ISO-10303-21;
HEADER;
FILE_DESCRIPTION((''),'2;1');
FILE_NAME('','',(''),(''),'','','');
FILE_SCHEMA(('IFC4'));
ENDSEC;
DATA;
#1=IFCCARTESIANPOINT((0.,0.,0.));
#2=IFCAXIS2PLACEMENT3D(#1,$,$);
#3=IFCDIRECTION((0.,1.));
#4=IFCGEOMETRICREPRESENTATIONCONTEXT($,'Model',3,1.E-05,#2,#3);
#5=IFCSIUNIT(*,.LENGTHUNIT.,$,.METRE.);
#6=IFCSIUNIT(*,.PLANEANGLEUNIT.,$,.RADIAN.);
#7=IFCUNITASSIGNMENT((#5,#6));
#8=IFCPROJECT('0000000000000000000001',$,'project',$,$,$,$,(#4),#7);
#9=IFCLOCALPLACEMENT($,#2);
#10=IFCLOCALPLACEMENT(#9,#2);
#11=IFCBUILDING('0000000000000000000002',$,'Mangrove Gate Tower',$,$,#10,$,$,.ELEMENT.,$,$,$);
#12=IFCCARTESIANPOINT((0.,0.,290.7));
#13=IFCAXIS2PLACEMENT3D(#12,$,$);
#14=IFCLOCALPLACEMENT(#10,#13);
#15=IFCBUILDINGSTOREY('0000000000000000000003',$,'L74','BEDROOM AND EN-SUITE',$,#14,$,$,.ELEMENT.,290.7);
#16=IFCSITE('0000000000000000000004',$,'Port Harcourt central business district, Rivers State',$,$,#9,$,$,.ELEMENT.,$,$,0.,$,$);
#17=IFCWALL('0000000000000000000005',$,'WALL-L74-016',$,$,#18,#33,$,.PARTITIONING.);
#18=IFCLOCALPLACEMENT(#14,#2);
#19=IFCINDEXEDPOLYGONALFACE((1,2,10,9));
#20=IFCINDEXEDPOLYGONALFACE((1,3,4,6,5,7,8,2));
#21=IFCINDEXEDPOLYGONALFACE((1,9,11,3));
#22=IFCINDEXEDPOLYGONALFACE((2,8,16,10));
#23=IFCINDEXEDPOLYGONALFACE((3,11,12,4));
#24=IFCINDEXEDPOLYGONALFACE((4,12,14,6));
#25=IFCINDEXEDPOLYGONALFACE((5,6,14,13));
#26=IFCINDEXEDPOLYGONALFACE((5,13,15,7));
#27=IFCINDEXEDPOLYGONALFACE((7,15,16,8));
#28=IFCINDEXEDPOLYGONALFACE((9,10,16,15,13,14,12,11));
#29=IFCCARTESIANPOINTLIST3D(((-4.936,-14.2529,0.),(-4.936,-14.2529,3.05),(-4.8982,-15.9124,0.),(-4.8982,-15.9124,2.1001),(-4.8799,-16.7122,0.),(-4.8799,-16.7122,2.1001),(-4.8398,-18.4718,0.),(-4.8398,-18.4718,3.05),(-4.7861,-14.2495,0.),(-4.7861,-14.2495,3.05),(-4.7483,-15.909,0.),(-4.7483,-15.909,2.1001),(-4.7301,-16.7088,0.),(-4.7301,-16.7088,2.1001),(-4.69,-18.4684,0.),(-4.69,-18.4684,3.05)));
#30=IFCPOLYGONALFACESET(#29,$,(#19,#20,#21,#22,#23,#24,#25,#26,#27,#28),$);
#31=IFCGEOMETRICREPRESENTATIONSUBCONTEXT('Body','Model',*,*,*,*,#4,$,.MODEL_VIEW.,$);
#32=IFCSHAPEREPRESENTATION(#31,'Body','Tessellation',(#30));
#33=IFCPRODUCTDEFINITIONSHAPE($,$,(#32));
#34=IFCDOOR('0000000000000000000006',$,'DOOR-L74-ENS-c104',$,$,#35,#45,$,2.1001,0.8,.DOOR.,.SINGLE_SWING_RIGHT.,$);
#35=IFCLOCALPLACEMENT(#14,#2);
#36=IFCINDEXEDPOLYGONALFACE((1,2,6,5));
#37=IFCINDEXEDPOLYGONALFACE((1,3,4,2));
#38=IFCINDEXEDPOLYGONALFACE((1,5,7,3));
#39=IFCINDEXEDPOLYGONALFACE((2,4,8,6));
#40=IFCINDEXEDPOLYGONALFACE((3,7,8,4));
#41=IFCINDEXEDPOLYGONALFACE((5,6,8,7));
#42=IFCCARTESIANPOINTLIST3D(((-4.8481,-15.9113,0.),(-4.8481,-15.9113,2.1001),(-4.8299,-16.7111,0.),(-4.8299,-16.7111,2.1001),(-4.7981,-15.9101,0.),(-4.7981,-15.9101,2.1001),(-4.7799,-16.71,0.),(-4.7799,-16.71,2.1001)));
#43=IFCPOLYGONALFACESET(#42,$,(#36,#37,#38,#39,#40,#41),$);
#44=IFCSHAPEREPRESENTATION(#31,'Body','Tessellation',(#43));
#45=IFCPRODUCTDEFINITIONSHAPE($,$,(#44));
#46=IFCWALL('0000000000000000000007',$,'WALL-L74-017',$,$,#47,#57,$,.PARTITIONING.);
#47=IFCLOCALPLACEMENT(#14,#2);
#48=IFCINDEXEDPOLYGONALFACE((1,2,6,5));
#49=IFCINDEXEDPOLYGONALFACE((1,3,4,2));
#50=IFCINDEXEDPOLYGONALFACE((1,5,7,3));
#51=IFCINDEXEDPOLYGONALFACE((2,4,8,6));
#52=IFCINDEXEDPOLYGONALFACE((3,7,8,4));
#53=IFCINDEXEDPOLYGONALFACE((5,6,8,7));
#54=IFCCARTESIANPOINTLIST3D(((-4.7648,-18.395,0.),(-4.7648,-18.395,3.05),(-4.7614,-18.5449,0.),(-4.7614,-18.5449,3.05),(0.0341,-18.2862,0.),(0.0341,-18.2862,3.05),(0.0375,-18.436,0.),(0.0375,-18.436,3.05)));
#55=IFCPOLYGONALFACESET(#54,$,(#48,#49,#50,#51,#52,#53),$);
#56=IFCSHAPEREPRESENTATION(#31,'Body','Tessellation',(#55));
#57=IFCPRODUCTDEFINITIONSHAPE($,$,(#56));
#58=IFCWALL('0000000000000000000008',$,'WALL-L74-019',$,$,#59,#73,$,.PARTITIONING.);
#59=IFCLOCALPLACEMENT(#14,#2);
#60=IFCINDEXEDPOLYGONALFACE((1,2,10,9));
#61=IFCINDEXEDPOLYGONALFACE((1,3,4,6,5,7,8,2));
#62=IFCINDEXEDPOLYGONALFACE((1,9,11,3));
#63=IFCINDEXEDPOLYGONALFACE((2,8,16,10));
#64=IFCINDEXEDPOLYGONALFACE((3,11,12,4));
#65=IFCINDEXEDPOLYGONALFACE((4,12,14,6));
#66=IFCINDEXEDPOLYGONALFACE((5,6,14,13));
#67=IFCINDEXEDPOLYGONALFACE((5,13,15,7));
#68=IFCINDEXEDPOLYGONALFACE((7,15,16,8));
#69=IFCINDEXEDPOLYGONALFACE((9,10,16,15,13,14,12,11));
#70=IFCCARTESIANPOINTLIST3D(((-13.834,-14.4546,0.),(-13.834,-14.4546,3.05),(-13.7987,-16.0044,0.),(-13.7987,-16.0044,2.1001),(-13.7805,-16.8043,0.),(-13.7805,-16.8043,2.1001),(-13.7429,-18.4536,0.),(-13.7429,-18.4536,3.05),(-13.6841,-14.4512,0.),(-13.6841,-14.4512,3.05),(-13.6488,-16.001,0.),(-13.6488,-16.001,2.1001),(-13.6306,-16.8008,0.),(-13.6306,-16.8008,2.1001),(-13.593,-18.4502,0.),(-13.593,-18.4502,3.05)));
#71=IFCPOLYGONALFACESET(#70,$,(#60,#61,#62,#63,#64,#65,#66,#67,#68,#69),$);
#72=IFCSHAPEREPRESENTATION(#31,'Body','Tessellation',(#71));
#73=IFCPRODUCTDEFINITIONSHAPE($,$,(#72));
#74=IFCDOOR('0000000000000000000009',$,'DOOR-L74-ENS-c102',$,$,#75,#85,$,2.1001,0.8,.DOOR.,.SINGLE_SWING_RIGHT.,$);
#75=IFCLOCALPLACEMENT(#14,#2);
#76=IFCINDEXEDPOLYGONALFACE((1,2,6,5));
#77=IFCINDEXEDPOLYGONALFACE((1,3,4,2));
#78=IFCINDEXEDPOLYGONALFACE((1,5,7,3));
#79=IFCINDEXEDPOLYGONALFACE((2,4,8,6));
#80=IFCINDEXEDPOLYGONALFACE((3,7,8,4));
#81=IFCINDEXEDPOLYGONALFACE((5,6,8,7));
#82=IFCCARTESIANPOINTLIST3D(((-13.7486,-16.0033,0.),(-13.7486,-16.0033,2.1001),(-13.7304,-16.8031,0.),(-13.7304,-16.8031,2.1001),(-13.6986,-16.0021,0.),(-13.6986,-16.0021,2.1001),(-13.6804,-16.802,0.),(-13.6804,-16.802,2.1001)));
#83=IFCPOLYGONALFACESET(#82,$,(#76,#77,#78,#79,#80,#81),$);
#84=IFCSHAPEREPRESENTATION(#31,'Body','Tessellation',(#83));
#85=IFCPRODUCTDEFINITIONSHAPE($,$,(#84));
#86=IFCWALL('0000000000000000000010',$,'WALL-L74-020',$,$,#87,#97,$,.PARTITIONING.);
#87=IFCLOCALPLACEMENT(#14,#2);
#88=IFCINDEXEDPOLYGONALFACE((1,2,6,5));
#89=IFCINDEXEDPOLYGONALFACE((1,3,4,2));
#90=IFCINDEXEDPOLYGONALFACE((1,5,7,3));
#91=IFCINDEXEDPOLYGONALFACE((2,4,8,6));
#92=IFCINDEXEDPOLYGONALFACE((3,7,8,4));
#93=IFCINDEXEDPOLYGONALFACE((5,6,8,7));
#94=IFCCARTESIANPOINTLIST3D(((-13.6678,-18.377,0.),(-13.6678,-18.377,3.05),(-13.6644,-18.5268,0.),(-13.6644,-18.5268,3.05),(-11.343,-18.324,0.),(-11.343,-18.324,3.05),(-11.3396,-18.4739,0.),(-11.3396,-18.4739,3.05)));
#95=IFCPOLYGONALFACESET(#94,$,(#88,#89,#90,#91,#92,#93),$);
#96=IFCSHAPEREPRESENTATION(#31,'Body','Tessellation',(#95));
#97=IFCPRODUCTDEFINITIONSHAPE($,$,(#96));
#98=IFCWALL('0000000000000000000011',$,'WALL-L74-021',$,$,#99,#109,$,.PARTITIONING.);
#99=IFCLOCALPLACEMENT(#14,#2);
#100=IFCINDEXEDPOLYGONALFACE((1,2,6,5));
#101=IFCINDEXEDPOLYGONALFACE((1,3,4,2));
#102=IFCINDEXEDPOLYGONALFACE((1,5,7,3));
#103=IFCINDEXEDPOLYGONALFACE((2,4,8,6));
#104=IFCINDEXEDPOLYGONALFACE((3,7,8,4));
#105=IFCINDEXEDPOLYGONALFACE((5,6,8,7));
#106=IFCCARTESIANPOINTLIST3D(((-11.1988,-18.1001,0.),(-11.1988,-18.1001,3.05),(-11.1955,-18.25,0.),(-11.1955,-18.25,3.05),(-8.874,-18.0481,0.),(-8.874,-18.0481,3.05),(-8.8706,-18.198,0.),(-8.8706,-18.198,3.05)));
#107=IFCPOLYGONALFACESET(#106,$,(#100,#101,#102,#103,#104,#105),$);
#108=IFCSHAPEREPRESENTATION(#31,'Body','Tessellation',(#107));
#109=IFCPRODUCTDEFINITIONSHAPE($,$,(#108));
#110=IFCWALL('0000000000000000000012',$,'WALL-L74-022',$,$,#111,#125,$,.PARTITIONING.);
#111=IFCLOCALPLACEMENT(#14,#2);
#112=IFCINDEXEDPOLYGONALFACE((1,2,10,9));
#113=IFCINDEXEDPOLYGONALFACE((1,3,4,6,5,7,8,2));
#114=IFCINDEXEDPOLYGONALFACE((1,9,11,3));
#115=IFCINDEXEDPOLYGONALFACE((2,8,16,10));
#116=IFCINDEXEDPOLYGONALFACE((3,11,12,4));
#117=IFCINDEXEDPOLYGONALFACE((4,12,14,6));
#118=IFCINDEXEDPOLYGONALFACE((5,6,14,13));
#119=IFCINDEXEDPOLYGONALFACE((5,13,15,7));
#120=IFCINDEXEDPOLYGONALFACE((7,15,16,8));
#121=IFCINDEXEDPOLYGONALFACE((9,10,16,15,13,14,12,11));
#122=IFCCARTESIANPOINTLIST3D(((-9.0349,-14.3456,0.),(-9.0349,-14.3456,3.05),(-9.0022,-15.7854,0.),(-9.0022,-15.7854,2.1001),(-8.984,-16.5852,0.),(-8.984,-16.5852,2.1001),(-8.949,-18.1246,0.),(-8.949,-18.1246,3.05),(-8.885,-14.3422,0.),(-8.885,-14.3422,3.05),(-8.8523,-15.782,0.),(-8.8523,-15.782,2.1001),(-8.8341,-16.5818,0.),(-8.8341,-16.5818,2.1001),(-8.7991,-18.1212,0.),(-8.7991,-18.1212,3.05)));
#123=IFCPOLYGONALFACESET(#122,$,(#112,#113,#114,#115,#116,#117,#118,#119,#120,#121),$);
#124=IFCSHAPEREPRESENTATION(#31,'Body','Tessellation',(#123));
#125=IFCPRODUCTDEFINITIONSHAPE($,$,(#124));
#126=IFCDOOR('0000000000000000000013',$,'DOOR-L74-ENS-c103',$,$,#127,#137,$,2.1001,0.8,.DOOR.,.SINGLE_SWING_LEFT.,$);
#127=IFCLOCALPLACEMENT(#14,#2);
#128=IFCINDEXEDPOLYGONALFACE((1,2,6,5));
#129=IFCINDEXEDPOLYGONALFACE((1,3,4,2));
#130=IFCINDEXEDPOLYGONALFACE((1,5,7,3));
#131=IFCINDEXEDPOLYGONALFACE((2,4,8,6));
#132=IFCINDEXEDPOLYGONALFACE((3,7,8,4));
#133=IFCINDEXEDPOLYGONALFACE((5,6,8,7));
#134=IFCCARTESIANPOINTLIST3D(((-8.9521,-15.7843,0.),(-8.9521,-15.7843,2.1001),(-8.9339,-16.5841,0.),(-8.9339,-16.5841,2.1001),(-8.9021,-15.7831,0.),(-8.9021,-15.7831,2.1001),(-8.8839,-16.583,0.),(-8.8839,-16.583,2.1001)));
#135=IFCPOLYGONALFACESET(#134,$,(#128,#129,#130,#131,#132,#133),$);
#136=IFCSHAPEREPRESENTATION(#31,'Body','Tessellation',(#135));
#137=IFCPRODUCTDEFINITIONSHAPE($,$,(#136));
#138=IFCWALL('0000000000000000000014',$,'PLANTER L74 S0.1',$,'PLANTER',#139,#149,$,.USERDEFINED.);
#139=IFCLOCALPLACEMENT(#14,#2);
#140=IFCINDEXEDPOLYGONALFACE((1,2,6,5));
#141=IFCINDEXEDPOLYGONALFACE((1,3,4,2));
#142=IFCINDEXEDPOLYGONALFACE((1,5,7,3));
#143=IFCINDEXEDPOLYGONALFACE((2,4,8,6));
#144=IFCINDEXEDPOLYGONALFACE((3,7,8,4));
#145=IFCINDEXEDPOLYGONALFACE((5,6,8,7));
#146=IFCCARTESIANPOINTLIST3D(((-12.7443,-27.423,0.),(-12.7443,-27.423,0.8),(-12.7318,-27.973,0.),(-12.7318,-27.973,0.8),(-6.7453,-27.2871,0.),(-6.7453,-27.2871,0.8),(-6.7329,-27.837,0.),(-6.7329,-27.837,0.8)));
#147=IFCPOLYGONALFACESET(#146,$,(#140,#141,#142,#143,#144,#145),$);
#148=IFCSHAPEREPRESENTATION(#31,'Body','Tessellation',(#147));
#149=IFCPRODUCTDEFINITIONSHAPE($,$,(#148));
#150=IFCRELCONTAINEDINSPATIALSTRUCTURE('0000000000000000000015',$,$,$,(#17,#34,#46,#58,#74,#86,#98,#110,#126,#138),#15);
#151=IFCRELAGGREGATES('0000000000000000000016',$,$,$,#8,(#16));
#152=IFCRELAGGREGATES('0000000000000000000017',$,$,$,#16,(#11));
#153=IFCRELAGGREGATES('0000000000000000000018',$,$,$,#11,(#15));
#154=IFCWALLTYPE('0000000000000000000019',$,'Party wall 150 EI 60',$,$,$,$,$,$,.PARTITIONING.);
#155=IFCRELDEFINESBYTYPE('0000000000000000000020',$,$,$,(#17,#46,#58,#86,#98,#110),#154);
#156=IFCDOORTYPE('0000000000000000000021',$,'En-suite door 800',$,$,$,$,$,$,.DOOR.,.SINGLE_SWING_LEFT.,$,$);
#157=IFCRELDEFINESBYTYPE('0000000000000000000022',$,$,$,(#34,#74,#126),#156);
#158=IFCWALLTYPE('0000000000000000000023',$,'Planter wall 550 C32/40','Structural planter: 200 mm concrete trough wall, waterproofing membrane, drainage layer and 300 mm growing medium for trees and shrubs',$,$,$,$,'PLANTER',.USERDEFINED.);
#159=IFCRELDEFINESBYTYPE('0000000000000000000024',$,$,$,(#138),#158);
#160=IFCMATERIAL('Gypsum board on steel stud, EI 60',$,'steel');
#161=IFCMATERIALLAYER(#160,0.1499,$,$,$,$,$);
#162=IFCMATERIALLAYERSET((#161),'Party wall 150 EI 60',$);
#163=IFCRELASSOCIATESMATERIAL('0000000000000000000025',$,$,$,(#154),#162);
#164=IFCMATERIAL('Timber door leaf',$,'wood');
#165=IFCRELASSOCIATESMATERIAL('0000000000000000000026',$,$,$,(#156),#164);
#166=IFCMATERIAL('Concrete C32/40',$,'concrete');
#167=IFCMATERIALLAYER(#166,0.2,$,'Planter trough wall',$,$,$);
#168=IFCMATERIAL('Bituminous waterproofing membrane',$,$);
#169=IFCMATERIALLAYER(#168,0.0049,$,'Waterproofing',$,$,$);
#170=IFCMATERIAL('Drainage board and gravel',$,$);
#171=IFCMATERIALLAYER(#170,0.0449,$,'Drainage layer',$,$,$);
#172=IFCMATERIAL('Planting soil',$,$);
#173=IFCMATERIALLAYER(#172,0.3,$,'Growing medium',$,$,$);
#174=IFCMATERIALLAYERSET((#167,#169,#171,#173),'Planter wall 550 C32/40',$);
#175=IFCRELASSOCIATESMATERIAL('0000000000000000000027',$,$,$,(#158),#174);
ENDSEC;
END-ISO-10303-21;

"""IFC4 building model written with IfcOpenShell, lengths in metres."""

from ifc_helpers import new_model, si_unit, direction, frame, frame_2d, origin, place, context, subcontext, project, spatial, rectangle, extrude, material, layer, layer_set, type_object, element, fill, save


model = new_model("IFC4")

# Units and contexts
model_context = context("Model", 3, precision=1e-05, world=origin(), true_north=direction((0.0, 1.0)))
body_context = subcontext(model_context, "Body", "Model", "MODEL_VIEW")
ifc_project = project(units=[si_unit("LENGTHUNIT", "METRE"), si_unit("PLANEANGLEUNIT", "RADIAN")], contexts=[model_context])

# Site, building, storey
site_placement = place(None, origin())
site = spatial("IfcSite", under=ifc_project, at=site_placement, Name="Port Harcourt central business district, Rivers State", CompositionType="ELEMENT", RefElevation=0.0)
building_placement = place(site_placement, origin())
building = spatial("IfcBuilding", under=site, at=building_placement, Name="Mangrove Gate Tower", CompositionType="ELEMENT")
storey_placement = place(building_placement, frame((0.0, 0.0, 290.7)))
storey = spatial("IfcBuildingStorey", under=building, at=storey_placement, Name="L74", Description="BEDROOM AND EN-SUITE", CompositionType="ELEMENT", Elevation=290.7)

# Shared definitions
ifc_material_1 = material(Name="Gypsum board on steel stud, EI 60", Category="steel")
ifc_layer_1 = layer(ifc_material_1, 0.1499)
ifc_layer_set_1 = layer_set([ifc_layer_1], Name="Party wall 150 EI 60")
wall_type_1 = type_object("IfcWallType", Name="Party wall 150 EI 60", PredefinedType="PARTITIONING", material=ifc_layer_set_1)

# Wall, opening, door
wall_1_placement = place(storey_placement, frame((-4.7649, -18.47, 0.0), z_axis=(0.0, 0.0, 1.0), x_axis=(-0.022794, 0.99974, 0.0)))
wall_1 = element("IfcWall", 1, at=wall_1_placement, inside=storey, type_object=wall_type_1, Name="WALL-L74-016", PredefinedType="PARTITIONING", context=body_context, shape_type="SweptSolid", body=[
    extrude(rectangle(XDim=4.22, YDim=0.1499, at=frame_2d((2.1099, 0.0))), origin(), (0.0, 0.0, 1.0), 3.05),
])
opening_1_placement = place(wall_1_placement, frame((1.76, 0.0, 0.0)))
opening_1 = element("IfcOpeningElement", 2, at=opening_1_placement, cuts=wall_1, PredefinedType="OPENING", context=body_context, shape_type="SweptSolid", body=[
    extrude(rectangle(XDim=0.8, YDim=2.1001, at=frame_2d((0.3999, 1.05))), frame((0.0, 0.085, 0.0), z_axis=(0.0, -1.0, 0.0), x_axis=(1.0, 0.0, 0.0)), (0.0, 0.0, 1.0), 0.1699),
])
ifc_material_2 = material(Name="Timber door leaf", Category="wood")
door_type_1 = type_object("IfcDoorType", Name="En-suite door 800", OperationType="SINGLE_SWING_LEFT", PredefinedType="DOOR", material=ifc_material_2)
door_1_placement = place(opening_1_placement, origin())
door_1 = element("IfcDoor", 3, at=door_1_placement, inside=storey, type_object=door_type_1, Name="DOOR-L74-ENS-c104", OperationType="SINGLE_SWING_RIGHT", OverallHeight=2.1001, OverallWidth=0.8, PredefinedType="DOOR", context=body_context, shape_type="SweptSolid", body=[
    extrude(rectangle(XDim=0.8, YDim=2.1001, at=frame_2d((0.3999, 1.05))), frame((0.0, 0.0249, 0.0), z_axis=(0.0, -1.0, 0.0), x_axis=(1.0, 0.0, 0.0)), (0.0, 0.0, 1.0), 0.05),
])
fill(opening_1, door_1)

# Wall
wall_2_placement = place(storey_placement, frame((-4.7629, -18.47, 0.0), z_axis=(0.0, 0.0, 1.0), x_axis=(0.999743, 0.022684, 0.0)))
element("IfcWall", 4, at=wall_2_placement, inside=storey, type_object=wall_type_1, Name="WALL-L74-017", PredefinedType="PARTITIONING", context=body_context, shape_type="SweptSolid", body=[
    extrude(rectangle(XDim=4.8, YDim=0.1499, at=frame_2d((2.3999, 0.0))), origin(), (0.0, 0.0, 1.0), 3.05),
])

# Wall, opening, door
wall_3_placement = place(storey_placement, frame((-13.668, -18.4519, 0.0), z_axis=(0.0, 0.0, 1.0), x_axis=(-0.022766, 0.999741, 0.0)))
wall_3 = element("IfcWall", 5, at=wall_3_placement, inside=storey, type_object=wall_type_1, Name="WALL-L74-019", PredefinedType="PARTITIONING", context=body_context, shape_type="SweptSolid", body=[
    extrude(rectangle(XDim=4.0, YDim=0.1499, at=frame_2d((2.0, 0.0))), origin(), (0.0, 0.0, 1.0), 3.05),
])
opening_2_placement = place(wall_3_placement, frame((1.6499, 0.0, 0.0)))
opening_2 = element("IfcOpeningElement", 6, at=opening_2_placement, cuts=wall_3, PredefinedType="OPENING", context=body_context, shape_type="SweptSolid", body=[
    extrude(rectangle(XDim=0.8, YDim=2.1001, at=frame_2d((0.3999, 1.05))), frame((0.0, 0.085, 0.0), z_axis=(0.0, -1.0, 0.0), x_axis=(1.0, 0.0, 0.0)), (0.0, 0.0, 1.0), 0.1699),
])
door_2_placement = place(opening_2_placement, origin())
door_2 = element("IfcDoor", 7, at=door_2_placement, inside=storey, type_object=door_type_1, Name="DOOR-L74-ENS-c102", OperationType="SINGLE_SWING_RIGHT", OverallHeight=2.1001, OverallWidth=0.8, PredefinedType="DOOR", context=body_context, shape_type="SweptSolid", body=[
    extrude(rectangle(XDim=0.8, YDim=2.1001, at=frame_2d((0.3999, 1.05))), frame((0.0, 0.0249, 0.0), z_axis=(0.0, -1.0, 0.0), x_axis=(1.0, 0.0, 0.0)), (0.0, 0.0, 1.0), 0.05),
])
fill(opening_2, door_2)

# Walls
for number, where, z_axis, x_axis, name in (
    (8, (-13.666, -18.4519, 0.0), (0.0, 0.0, 1.0), (0.99974, 0.022781, 0.0), "WALL-L74-020"),
    (9, (-11.197, -18.175, 0.0), (0.0, 0.0, 1.0), (0.99975, 0.022361, 0.0), "WALL-L74-021"),
):
    element("IfcWall", number, at=place(storey_placement, frame(where, z_axis=z_axis, x_axis=x_axis)), inside=storey, type_object=wall_type_1, Name=name, PredefinedType="PARTITIONING", context=body_context, shape_type="SweptSolid", body=[
        extrude(rectangle(XDim=2.3254, YDim=0.1499, at=frame_2d((1.1626, 0.0))), origin(), (0.0, 0.0, 1.0), 3.05),
    ])

# Wall, opening, door
wall_4_placement = place(storey_placement, frame((-8.874, -18.123, 0.0), z_axis=(0.0, 0.0, 1.0), x_axis=(-0.022735, 0.999742, 0.0)))
wall_4 = element("IfcWall", 10, at=wall_4_placement, inside=storey, type_object=wall_type_1, Name="WALL-L74-022", PredefinedType="PARTITIONING", context=body_context, shape_type="SweptSolid", body=[
    extrude(rectangle(XDim=3.78, YDim=0.1499, at=frame_2d((1.8901, 0.0))), origin(), (0.0, 0.0, 1.0), 3.05),
])
opening_3_placement = place(wall_4_placement, frame((1.54, 0.0, 0.0)))
opening_3 = element("IfcOpeningElement", 11, at=opening_3_placement, cuts=wall_4, PredefinedType="OPENING", context=body_context, shape_type="SweptSolid", body=[
    extrude(rectangle(XDim=0.8, YDim=2.1001, at=frame_2d((0.3999, 1.05))), frame((0.0, 0.085, 0.0), z_axis=(0.0, -1.0, 0.0), x_axis=(1.0, 0.0, 0.0)), (0.0, 0.0, 1.0), 0.1699),
])
door_3_placement = place(opening_3_placement, origin())
door_3 = element("IfcDoor", 12, at=door_3_placement, inside=storey, type_object=door_type_1, Name="DOOR-L74-ENS-c103", OperationType="SINGLE_SWING_LEFT", OverallHeight=2.1001, OverallWidth=0.8, PredefinedType="DOOR", context=body_context, shape_type="SweptSolid", body=[
    extrude(rectangle(XDim=0.8, YDim=2.1001, at=frame_2d((0.3999, 1.05))), frame((0.0, 0.0249, 0.0), z_axis=(0.0, -1.0, 0.0), x_axis=(1.0, 0.0, 0.0)), (0.0, 0.0, 1.0), 0.05),
])
fill(opening_3, door_3)

# Wall
ifc_material_3 = material(Name="Concrete C32/40", Category="concrete")
ifc_layer_2 = layer(ifc_material_3, 0.2, Name="Planter trough wall")
ifc_material_4 = material(Name="Bituminous waterproofing membrane")
ifc_layer_3 = layer(ifc_material_4, 0.0049, Name="Waterproofing")
ifc_material_5 = material(Name="Drainage board and gravel")
ifc_layer_4 = layer(ifc_material_5, 0.0449, Name="Drainage layer")
ifc_material_6 = material(Name="Planting soil")
ifc_layer_5 = layer(ifc_material_6, 0.3, Name="Growing medium")
ifc_layer_set_2 = layer_set([ifc_layer_2, ifc_layer_3, ifc_layer_4, ifc_layer_5], Name="Planter wall 550 C32/40")
wall_type_2 = type_object("IfcWallType", Name="Planter wall 550 C32/40", Description="Structural planter: 200 mm concrete trough wall, waterproofing membrane, drainage layer and 300 mm growing medium for trees and shrubs", ElementType="PLANTER", PredefinedType="USERDEFINED", material=ifc_layer_set_2)
wall_5_placement = place(storey_placement, frame((-12.738, -27.698, 0.0), z_axis=(0.0, 0.0, 1.0), x_axis=(0.999743, 0.022662, 0.0)))
element("IfcWall", 13, at=wall_5_placement, inside=storey, type_object=wall_type_2, Name="PLANTER L74 S0.1", ObjectType="PLANTER", PredefinedType="USERDEFINED", context=body_context, shape_type="SweptSolid", body=[
    extrude(rectangle(XDim=6.0005, YDim=0.55, at=frame_2d((3.0002, 0.0))), origin(), (0.0, 0.0, 1.0), 0.8),
])

save(model, "model.ifc")
